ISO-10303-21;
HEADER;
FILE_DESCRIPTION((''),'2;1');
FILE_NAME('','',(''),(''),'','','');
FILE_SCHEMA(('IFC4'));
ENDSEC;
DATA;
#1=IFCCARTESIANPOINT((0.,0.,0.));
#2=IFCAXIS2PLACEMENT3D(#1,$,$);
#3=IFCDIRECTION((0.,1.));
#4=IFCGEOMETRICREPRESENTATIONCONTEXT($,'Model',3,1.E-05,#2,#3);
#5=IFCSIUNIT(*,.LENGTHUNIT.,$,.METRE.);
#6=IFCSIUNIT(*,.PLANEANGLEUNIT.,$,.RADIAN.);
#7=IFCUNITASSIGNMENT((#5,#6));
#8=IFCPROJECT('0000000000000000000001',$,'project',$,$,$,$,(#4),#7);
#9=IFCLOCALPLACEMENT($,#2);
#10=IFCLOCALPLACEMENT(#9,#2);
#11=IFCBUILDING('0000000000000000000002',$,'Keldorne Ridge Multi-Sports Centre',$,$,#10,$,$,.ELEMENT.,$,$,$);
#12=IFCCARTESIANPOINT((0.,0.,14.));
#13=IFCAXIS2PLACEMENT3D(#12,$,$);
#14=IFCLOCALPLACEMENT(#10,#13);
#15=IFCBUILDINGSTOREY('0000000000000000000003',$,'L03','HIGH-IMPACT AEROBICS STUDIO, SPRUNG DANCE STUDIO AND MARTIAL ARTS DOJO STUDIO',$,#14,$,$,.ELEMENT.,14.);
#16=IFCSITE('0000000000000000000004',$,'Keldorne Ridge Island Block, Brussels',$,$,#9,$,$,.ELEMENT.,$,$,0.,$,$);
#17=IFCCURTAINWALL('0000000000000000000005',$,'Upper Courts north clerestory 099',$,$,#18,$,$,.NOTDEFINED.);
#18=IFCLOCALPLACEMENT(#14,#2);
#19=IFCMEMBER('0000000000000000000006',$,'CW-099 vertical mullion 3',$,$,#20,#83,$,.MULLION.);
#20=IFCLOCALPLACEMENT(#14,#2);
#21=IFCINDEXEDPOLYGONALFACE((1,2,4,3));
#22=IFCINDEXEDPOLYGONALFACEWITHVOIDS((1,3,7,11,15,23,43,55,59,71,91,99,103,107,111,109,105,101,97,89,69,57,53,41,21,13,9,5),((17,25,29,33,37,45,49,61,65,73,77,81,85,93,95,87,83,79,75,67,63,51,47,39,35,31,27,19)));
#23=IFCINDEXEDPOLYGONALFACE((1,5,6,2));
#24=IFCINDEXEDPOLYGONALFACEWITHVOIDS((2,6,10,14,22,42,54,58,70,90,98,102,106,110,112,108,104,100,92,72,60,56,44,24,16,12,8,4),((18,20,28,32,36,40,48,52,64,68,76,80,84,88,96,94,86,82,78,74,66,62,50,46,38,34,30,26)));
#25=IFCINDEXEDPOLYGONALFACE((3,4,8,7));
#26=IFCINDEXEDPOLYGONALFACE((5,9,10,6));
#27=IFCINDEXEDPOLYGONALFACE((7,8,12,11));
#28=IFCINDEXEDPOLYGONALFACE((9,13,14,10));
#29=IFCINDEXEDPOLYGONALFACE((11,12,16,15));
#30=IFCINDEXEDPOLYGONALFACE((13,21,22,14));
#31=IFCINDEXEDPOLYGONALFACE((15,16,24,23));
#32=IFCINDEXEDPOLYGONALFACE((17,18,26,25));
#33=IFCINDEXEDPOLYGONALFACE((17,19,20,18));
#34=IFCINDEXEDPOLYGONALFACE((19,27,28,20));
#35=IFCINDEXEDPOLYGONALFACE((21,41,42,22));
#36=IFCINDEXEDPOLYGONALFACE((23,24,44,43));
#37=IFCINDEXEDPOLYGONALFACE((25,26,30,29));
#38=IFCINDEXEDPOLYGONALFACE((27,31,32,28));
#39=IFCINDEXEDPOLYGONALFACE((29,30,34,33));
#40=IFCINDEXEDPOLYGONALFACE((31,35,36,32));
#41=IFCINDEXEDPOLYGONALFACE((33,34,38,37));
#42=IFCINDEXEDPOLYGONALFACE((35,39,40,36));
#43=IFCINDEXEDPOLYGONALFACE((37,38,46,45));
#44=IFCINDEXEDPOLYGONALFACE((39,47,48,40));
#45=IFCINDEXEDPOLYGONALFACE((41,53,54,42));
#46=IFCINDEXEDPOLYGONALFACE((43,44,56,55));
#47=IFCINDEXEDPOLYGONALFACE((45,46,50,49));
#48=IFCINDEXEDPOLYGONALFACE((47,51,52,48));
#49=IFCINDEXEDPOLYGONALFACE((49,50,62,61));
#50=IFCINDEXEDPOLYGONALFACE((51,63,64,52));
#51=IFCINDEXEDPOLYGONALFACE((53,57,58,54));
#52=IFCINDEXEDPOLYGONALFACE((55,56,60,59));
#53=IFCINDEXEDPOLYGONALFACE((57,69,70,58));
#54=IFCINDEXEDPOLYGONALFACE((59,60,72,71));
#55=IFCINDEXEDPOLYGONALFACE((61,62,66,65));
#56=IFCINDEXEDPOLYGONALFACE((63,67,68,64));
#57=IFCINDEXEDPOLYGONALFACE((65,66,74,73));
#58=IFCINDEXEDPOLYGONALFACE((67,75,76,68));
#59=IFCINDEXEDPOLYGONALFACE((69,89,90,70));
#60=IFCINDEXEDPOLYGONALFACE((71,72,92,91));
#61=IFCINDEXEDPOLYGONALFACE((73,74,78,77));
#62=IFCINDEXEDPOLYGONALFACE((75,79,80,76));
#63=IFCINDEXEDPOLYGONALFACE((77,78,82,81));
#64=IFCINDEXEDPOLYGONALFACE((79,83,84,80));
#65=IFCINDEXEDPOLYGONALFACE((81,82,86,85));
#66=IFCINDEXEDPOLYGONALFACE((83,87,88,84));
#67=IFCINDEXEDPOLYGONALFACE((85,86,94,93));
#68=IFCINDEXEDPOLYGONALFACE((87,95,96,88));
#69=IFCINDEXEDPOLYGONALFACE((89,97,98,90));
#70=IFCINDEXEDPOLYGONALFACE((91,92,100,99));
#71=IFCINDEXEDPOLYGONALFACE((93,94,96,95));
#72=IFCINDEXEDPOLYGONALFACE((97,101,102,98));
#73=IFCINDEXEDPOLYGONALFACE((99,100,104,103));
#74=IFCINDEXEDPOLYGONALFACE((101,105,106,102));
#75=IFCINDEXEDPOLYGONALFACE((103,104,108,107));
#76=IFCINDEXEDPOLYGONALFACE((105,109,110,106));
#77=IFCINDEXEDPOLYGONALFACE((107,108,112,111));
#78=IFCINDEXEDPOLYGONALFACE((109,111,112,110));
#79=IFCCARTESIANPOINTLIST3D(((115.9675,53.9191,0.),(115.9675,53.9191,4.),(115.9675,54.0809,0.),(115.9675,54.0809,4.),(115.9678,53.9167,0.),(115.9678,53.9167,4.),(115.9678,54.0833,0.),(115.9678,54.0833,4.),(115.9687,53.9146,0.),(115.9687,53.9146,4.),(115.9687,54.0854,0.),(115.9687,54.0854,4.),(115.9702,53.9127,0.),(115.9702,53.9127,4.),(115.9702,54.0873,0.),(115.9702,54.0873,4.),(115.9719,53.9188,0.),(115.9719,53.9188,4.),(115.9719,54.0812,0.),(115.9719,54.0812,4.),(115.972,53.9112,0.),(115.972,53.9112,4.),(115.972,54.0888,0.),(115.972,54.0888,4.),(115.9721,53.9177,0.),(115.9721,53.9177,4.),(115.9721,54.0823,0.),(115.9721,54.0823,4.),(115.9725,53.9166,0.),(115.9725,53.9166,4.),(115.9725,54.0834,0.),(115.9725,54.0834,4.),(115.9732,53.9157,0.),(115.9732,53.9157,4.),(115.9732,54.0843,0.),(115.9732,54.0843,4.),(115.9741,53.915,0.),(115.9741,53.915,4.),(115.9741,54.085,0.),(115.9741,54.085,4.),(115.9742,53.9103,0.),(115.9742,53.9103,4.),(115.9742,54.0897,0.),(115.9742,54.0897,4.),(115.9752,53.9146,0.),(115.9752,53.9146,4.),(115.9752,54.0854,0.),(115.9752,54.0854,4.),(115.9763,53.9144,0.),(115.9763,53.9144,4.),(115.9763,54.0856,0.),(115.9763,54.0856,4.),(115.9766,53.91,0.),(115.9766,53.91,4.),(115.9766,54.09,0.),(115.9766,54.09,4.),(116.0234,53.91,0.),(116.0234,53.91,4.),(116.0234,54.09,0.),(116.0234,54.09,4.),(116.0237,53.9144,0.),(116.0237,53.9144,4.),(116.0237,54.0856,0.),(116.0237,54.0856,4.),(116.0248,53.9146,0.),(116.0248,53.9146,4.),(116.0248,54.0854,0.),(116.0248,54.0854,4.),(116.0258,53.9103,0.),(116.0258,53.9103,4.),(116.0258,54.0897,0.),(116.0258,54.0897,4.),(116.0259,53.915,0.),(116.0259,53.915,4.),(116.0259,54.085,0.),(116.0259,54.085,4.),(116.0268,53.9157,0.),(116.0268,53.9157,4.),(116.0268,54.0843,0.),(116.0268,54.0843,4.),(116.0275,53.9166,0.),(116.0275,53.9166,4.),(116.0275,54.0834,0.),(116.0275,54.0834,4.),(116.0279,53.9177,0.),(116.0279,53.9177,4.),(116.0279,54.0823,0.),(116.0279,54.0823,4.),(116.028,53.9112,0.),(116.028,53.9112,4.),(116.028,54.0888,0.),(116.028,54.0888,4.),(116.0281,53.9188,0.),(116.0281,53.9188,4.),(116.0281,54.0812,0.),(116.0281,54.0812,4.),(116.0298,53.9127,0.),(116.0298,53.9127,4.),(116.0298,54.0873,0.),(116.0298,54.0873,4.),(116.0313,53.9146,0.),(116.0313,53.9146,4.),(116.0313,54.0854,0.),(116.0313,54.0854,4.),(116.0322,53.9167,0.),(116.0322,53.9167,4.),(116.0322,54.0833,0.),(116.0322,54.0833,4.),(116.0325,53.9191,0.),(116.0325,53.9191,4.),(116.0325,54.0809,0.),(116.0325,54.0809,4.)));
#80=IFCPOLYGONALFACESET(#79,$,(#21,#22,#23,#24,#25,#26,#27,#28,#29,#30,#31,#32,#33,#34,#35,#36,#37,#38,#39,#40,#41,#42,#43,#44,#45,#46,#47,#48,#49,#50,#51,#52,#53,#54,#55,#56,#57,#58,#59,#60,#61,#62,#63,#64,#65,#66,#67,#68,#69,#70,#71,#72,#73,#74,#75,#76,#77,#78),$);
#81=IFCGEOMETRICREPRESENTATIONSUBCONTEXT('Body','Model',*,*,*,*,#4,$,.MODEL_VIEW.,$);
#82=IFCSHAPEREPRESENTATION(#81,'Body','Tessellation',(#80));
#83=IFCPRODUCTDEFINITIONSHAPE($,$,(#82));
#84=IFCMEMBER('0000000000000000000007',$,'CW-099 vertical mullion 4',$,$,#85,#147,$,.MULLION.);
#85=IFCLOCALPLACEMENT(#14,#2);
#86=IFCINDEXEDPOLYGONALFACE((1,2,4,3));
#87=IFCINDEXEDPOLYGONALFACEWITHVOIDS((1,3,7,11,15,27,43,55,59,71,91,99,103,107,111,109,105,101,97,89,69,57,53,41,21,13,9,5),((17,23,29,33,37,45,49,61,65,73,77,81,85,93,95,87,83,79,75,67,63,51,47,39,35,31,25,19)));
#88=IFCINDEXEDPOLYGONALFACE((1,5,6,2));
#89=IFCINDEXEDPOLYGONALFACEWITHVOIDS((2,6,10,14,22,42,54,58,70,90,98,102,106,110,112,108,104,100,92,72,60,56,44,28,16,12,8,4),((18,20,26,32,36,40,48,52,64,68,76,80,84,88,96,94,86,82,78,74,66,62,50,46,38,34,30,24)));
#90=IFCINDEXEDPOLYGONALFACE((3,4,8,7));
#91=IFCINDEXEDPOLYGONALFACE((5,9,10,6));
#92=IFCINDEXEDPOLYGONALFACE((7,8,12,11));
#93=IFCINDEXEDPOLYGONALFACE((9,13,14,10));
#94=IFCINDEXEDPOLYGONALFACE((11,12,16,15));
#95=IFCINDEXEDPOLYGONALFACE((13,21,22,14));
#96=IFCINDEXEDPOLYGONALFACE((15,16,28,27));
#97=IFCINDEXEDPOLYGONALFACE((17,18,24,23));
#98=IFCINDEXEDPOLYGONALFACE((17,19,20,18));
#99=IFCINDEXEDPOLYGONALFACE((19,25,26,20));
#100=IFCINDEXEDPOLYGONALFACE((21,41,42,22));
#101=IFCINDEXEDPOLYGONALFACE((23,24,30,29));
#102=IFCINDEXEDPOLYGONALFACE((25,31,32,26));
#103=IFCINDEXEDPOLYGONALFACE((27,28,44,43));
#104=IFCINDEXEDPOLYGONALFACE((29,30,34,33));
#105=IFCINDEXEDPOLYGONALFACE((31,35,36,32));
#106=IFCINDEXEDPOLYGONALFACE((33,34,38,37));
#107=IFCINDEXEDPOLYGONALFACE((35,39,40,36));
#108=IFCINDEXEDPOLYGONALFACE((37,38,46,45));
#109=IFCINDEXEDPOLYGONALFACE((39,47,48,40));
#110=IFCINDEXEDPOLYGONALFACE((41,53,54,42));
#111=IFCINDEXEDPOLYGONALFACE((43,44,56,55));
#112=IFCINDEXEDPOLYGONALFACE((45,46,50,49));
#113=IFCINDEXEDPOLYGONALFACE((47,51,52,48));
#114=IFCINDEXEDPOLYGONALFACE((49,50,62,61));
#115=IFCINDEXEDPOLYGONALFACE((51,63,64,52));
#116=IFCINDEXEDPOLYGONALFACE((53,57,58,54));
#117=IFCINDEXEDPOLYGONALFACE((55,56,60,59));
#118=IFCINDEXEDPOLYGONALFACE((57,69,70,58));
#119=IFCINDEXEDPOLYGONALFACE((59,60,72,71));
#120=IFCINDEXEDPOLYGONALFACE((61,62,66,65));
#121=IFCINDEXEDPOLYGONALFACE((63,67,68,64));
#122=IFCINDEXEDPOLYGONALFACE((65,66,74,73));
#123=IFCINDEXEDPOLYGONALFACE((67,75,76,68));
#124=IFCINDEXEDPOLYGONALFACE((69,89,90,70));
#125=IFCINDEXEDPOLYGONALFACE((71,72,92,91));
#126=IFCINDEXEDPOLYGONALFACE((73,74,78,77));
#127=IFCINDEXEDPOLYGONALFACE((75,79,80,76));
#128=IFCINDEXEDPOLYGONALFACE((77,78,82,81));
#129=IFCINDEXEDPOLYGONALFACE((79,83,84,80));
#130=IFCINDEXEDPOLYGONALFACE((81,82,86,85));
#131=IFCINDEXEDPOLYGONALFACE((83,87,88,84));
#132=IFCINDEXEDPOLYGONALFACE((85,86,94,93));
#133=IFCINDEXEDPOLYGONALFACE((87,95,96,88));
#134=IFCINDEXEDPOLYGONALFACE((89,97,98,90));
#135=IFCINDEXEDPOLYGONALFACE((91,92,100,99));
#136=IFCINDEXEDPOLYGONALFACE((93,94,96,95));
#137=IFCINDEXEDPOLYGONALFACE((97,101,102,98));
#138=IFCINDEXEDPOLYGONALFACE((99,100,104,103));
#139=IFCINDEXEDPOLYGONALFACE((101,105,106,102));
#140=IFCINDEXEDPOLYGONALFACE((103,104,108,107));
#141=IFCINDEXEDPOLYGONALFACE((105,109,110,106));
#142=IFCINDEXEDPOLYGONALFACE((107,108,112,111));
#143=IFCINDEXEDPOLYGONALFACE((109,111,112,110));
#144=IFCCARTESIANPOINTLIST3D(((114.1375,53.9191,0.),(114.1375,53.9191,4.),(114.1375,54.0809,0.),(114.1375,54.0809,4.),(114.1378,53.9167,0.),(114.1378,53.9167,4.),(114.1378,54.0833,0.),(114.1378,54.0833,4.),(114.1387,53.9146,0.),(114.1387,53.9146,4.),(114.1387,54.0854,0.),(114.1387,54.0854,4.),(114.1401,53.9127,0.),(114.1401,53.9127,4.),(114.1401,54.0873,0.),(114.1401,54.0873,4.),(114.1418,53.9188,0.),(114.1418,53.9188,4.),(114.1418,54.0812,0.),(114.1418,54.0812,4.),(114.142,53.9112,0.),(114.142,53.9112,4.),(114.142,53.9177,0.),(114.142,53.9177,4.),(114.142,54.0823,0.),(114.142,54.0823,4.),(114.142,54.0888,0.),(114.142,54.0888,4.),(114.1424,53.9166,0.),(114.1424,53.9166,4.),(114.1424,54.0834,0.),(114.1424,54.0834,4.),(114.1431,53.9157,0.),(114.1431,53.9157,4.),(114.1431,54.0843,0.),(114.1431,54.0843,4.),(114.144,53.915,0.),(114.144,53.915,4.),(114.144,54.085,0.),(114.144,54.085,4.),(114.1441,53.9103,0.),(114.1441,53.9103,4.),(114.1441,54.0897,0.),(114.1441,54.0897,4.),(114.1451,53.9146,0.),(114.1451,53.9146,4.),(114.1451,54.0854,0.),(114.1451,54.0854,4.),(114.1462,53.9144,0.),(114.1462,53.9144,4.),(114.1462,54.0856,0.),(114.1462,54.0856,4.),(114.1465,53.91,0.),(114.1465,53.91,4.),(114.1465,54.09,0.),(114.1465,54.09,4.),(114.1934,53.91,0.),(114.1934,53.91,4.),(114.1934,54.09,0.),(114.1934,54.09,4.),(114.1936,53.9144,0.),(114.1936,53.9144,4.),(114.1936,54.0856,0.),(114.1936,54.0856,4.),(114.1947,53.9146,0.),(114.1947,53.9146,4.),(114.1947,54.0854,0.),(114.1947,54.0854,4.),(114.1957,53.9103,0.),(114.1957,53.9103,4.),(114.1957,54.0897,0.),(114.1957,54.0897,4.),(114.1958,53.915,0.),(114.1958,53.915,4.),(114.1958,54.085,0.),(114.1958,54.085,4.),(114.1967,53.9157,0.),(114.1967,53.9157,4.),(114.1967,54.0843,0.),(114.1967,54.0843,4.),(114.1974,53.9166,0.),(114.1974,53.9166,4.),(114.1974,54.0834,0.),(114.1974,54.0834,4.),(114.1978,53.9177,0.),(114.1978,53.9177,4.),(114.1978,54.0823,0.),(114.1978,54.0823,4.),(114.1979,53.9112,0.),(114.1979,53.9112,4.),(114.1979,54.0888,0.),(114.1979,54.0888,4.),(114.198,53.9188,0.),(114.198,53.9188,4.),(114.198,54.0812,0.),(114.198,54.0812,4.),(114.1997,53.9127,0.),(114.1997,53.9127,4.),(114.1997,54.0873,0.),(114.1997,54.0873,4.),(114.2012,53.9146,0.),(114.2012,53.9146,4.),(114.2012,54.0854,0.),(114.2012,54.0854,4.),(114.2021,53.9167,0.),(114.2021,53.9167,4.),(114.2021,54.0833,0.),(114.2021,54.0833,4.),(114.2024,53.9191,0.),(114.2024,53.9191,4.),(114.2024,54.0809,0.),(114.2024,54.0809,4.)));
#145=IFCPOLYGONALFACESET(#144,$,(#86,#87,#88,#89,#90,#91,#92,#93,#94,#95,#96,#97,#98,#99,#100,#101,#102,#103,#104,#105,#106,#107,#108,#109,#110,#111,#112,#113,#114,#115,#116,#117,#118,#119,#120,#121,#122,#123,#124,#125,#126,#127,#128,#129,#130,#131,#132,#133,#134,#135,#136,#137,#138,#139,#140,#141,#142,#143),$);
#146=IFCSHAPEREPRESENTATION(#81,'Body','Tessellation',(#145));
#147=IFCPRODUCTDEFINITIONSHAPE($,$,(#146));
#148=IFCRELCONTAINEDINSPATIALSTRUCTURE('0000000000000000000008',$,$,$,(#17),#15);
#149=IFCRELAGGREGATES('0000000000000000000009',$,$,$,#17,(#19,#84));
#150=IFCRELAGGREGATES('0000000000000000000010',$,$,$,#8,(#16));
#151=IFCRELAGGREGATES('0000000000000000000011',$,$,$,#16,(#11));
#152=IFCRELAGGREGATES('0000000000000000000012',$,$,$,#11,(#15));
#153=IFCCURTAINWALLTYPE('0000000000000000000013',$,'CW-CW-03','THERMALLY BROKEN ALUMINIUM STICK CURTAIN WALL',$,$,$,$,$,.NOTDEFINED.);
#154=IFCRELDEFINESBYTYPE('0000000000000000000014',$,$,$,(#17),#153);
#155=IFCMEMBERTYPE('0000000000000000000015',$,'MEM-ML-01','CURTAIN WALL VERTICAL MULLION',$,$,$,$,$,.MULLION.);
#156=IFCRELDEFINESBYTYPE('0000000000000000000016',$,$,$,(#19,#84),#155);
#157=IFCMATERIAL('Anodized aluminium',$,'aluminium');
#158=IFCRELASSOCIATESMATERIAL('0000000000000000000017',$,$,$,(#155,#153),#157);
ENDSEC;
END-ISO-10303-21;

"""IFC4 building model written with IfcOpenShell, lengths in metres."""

from ifc_helpers import new_model, si_unit, direction, frame, origin, origin_2d, place, context, subcontext, project, spatial, hollow_rectangle, extrude, material, material_profile, profile_set, type_object, element, aggregate, save


model = new_model("IFC4")

# Units and contexts
model_context = context("Model", 3, precision=1e-05, world=origin(), true_north=direction((0.0, 1.0)))
body_context = subcontext(model_context, "Body", "Model", "MODEL_VIEW")
ifc_project = project(units=[si_unit("LENGTHUNIT", "METRE"), si_unit("PLANEANGLEUNIT", "RADIAN")], contexts=[model_context])

# Site, building, storey
site_placement = place(None, origin())
site = spatial("IfcSite", under=ifc_project, at=site_placement, Name="Keldorne Ridge Island Block, Brussels", CompositionType="ELEMENT", RefElevation=0.0)
building_placement = place(site_placement, origin())
building = spatial("IfcBuilding", under=site, at=building_placement, Name="Keldorne Ridge Multi-Sports Centre", CompositionType="ELEMENT")
storey_placement = place(building_placement, frame((0.0, 0.0, 14.0)))
storey = spatial("IfcBuildingStorey", under=building, at=storey_placement, Name="L03", Description="HIGH-IMPACT AEROBICS STUDIO, SPRUNG DANCE STUDIO AND MARTIAL ARTS DOJO STUDIO", CompositionType="ELEMENT", Elevation=14.0)

# Shared definitions
ifc_material_1 = material(Name="Anodized aluminium", Category="aluminium")
ifc_material_profile_1 = material_profile(ifc_material_1, hollow_rectangle(XDim=0.0649, YDim=0.1799, WallThickness=0.0044, InnerFilletRadius=0.0044, OuterFilletRadius=0.009, at=origin_2d()), Name="ALU MULLION 180x65x4.5")
ifc_profile_set_1 = profile_set([ifc_material_profile_1], Name="Anodized aluminium")
member_type_1 = type_object("IfcMemberType", Name="MEM-ML-01", Description="CURTAIN WALL VERTICAL MULLION", PredefinedType="MULLION", material=ifc_profile_set_1)

# Curtain wall, members
curtain_wall_type_1 = type_object("IfcCurtainWallType", Name="CW-CW-03", Description="THERMALLY BROKEN ALUMINIUM STICK CURTAIN WALL", PredefinedType="NOTDEFINED", material=ifc_material_1)
curtain_wall_1_placement = place(storey_placement, origin())
curtain_wall_1 = element("IfcCurtainWall", 1, at=curtain_wall_1_placement, inside=storey, type_object=curtain_wall_type_1, Name="Upper Courts north clerestory 099", PredefinedType="NOTDEFINED")
member_1_placement = place(storey_placement, frame((116.0, 54.0, 0.0), z_axis=(0.0, 0.0, 1.0), x_axis=(1.0, 0.0, 0.0)))
member_1 = element("IfcMember", 2, at=member_1_placement, type_object=member_type_1, Name="CW-099 vertical mullion 3", PredefinedType="MULLION", context=body_context, shape_type="SweptSolid", body=[
    extrude(hollow_rectangle(XDim=0.0649, YDim=0.1799, WallThickness=0.0044, InnerFilletRadius=0.0044, OuterFilletRadius=0.009, at=origin_2d()), origin(), (0.0, 0.0, 1.0), 4.0),
])
member_2_placement = place(storey_placement, frame((114.1699, 54.0, 0.0), z_axis=(0.0, 0.0, 1.0), x_axis=(1.0, 0.0, 0.0)))
member_2 = element("IfcMember", 3, at=member_2_placement, type_object=member_type_1, Name="CW-099 vertical mullion 4", PredefinedType="MULLION", context=body_context, shape_type="SweptSolid", body=[
    extrude(hollow_rectangle(XDim=0.0649, YDim=0.1799, WallThickness=0.0044, InnerFilletRadius=0.0044, OuterFilletRadius=0.009, at=origin_2d()), origin(), (0.0, 0.0, 1.0), 4.0),
])

aggregate(curtain_wall_1, [member_1, member_2])

save(model, "model.ifc")
